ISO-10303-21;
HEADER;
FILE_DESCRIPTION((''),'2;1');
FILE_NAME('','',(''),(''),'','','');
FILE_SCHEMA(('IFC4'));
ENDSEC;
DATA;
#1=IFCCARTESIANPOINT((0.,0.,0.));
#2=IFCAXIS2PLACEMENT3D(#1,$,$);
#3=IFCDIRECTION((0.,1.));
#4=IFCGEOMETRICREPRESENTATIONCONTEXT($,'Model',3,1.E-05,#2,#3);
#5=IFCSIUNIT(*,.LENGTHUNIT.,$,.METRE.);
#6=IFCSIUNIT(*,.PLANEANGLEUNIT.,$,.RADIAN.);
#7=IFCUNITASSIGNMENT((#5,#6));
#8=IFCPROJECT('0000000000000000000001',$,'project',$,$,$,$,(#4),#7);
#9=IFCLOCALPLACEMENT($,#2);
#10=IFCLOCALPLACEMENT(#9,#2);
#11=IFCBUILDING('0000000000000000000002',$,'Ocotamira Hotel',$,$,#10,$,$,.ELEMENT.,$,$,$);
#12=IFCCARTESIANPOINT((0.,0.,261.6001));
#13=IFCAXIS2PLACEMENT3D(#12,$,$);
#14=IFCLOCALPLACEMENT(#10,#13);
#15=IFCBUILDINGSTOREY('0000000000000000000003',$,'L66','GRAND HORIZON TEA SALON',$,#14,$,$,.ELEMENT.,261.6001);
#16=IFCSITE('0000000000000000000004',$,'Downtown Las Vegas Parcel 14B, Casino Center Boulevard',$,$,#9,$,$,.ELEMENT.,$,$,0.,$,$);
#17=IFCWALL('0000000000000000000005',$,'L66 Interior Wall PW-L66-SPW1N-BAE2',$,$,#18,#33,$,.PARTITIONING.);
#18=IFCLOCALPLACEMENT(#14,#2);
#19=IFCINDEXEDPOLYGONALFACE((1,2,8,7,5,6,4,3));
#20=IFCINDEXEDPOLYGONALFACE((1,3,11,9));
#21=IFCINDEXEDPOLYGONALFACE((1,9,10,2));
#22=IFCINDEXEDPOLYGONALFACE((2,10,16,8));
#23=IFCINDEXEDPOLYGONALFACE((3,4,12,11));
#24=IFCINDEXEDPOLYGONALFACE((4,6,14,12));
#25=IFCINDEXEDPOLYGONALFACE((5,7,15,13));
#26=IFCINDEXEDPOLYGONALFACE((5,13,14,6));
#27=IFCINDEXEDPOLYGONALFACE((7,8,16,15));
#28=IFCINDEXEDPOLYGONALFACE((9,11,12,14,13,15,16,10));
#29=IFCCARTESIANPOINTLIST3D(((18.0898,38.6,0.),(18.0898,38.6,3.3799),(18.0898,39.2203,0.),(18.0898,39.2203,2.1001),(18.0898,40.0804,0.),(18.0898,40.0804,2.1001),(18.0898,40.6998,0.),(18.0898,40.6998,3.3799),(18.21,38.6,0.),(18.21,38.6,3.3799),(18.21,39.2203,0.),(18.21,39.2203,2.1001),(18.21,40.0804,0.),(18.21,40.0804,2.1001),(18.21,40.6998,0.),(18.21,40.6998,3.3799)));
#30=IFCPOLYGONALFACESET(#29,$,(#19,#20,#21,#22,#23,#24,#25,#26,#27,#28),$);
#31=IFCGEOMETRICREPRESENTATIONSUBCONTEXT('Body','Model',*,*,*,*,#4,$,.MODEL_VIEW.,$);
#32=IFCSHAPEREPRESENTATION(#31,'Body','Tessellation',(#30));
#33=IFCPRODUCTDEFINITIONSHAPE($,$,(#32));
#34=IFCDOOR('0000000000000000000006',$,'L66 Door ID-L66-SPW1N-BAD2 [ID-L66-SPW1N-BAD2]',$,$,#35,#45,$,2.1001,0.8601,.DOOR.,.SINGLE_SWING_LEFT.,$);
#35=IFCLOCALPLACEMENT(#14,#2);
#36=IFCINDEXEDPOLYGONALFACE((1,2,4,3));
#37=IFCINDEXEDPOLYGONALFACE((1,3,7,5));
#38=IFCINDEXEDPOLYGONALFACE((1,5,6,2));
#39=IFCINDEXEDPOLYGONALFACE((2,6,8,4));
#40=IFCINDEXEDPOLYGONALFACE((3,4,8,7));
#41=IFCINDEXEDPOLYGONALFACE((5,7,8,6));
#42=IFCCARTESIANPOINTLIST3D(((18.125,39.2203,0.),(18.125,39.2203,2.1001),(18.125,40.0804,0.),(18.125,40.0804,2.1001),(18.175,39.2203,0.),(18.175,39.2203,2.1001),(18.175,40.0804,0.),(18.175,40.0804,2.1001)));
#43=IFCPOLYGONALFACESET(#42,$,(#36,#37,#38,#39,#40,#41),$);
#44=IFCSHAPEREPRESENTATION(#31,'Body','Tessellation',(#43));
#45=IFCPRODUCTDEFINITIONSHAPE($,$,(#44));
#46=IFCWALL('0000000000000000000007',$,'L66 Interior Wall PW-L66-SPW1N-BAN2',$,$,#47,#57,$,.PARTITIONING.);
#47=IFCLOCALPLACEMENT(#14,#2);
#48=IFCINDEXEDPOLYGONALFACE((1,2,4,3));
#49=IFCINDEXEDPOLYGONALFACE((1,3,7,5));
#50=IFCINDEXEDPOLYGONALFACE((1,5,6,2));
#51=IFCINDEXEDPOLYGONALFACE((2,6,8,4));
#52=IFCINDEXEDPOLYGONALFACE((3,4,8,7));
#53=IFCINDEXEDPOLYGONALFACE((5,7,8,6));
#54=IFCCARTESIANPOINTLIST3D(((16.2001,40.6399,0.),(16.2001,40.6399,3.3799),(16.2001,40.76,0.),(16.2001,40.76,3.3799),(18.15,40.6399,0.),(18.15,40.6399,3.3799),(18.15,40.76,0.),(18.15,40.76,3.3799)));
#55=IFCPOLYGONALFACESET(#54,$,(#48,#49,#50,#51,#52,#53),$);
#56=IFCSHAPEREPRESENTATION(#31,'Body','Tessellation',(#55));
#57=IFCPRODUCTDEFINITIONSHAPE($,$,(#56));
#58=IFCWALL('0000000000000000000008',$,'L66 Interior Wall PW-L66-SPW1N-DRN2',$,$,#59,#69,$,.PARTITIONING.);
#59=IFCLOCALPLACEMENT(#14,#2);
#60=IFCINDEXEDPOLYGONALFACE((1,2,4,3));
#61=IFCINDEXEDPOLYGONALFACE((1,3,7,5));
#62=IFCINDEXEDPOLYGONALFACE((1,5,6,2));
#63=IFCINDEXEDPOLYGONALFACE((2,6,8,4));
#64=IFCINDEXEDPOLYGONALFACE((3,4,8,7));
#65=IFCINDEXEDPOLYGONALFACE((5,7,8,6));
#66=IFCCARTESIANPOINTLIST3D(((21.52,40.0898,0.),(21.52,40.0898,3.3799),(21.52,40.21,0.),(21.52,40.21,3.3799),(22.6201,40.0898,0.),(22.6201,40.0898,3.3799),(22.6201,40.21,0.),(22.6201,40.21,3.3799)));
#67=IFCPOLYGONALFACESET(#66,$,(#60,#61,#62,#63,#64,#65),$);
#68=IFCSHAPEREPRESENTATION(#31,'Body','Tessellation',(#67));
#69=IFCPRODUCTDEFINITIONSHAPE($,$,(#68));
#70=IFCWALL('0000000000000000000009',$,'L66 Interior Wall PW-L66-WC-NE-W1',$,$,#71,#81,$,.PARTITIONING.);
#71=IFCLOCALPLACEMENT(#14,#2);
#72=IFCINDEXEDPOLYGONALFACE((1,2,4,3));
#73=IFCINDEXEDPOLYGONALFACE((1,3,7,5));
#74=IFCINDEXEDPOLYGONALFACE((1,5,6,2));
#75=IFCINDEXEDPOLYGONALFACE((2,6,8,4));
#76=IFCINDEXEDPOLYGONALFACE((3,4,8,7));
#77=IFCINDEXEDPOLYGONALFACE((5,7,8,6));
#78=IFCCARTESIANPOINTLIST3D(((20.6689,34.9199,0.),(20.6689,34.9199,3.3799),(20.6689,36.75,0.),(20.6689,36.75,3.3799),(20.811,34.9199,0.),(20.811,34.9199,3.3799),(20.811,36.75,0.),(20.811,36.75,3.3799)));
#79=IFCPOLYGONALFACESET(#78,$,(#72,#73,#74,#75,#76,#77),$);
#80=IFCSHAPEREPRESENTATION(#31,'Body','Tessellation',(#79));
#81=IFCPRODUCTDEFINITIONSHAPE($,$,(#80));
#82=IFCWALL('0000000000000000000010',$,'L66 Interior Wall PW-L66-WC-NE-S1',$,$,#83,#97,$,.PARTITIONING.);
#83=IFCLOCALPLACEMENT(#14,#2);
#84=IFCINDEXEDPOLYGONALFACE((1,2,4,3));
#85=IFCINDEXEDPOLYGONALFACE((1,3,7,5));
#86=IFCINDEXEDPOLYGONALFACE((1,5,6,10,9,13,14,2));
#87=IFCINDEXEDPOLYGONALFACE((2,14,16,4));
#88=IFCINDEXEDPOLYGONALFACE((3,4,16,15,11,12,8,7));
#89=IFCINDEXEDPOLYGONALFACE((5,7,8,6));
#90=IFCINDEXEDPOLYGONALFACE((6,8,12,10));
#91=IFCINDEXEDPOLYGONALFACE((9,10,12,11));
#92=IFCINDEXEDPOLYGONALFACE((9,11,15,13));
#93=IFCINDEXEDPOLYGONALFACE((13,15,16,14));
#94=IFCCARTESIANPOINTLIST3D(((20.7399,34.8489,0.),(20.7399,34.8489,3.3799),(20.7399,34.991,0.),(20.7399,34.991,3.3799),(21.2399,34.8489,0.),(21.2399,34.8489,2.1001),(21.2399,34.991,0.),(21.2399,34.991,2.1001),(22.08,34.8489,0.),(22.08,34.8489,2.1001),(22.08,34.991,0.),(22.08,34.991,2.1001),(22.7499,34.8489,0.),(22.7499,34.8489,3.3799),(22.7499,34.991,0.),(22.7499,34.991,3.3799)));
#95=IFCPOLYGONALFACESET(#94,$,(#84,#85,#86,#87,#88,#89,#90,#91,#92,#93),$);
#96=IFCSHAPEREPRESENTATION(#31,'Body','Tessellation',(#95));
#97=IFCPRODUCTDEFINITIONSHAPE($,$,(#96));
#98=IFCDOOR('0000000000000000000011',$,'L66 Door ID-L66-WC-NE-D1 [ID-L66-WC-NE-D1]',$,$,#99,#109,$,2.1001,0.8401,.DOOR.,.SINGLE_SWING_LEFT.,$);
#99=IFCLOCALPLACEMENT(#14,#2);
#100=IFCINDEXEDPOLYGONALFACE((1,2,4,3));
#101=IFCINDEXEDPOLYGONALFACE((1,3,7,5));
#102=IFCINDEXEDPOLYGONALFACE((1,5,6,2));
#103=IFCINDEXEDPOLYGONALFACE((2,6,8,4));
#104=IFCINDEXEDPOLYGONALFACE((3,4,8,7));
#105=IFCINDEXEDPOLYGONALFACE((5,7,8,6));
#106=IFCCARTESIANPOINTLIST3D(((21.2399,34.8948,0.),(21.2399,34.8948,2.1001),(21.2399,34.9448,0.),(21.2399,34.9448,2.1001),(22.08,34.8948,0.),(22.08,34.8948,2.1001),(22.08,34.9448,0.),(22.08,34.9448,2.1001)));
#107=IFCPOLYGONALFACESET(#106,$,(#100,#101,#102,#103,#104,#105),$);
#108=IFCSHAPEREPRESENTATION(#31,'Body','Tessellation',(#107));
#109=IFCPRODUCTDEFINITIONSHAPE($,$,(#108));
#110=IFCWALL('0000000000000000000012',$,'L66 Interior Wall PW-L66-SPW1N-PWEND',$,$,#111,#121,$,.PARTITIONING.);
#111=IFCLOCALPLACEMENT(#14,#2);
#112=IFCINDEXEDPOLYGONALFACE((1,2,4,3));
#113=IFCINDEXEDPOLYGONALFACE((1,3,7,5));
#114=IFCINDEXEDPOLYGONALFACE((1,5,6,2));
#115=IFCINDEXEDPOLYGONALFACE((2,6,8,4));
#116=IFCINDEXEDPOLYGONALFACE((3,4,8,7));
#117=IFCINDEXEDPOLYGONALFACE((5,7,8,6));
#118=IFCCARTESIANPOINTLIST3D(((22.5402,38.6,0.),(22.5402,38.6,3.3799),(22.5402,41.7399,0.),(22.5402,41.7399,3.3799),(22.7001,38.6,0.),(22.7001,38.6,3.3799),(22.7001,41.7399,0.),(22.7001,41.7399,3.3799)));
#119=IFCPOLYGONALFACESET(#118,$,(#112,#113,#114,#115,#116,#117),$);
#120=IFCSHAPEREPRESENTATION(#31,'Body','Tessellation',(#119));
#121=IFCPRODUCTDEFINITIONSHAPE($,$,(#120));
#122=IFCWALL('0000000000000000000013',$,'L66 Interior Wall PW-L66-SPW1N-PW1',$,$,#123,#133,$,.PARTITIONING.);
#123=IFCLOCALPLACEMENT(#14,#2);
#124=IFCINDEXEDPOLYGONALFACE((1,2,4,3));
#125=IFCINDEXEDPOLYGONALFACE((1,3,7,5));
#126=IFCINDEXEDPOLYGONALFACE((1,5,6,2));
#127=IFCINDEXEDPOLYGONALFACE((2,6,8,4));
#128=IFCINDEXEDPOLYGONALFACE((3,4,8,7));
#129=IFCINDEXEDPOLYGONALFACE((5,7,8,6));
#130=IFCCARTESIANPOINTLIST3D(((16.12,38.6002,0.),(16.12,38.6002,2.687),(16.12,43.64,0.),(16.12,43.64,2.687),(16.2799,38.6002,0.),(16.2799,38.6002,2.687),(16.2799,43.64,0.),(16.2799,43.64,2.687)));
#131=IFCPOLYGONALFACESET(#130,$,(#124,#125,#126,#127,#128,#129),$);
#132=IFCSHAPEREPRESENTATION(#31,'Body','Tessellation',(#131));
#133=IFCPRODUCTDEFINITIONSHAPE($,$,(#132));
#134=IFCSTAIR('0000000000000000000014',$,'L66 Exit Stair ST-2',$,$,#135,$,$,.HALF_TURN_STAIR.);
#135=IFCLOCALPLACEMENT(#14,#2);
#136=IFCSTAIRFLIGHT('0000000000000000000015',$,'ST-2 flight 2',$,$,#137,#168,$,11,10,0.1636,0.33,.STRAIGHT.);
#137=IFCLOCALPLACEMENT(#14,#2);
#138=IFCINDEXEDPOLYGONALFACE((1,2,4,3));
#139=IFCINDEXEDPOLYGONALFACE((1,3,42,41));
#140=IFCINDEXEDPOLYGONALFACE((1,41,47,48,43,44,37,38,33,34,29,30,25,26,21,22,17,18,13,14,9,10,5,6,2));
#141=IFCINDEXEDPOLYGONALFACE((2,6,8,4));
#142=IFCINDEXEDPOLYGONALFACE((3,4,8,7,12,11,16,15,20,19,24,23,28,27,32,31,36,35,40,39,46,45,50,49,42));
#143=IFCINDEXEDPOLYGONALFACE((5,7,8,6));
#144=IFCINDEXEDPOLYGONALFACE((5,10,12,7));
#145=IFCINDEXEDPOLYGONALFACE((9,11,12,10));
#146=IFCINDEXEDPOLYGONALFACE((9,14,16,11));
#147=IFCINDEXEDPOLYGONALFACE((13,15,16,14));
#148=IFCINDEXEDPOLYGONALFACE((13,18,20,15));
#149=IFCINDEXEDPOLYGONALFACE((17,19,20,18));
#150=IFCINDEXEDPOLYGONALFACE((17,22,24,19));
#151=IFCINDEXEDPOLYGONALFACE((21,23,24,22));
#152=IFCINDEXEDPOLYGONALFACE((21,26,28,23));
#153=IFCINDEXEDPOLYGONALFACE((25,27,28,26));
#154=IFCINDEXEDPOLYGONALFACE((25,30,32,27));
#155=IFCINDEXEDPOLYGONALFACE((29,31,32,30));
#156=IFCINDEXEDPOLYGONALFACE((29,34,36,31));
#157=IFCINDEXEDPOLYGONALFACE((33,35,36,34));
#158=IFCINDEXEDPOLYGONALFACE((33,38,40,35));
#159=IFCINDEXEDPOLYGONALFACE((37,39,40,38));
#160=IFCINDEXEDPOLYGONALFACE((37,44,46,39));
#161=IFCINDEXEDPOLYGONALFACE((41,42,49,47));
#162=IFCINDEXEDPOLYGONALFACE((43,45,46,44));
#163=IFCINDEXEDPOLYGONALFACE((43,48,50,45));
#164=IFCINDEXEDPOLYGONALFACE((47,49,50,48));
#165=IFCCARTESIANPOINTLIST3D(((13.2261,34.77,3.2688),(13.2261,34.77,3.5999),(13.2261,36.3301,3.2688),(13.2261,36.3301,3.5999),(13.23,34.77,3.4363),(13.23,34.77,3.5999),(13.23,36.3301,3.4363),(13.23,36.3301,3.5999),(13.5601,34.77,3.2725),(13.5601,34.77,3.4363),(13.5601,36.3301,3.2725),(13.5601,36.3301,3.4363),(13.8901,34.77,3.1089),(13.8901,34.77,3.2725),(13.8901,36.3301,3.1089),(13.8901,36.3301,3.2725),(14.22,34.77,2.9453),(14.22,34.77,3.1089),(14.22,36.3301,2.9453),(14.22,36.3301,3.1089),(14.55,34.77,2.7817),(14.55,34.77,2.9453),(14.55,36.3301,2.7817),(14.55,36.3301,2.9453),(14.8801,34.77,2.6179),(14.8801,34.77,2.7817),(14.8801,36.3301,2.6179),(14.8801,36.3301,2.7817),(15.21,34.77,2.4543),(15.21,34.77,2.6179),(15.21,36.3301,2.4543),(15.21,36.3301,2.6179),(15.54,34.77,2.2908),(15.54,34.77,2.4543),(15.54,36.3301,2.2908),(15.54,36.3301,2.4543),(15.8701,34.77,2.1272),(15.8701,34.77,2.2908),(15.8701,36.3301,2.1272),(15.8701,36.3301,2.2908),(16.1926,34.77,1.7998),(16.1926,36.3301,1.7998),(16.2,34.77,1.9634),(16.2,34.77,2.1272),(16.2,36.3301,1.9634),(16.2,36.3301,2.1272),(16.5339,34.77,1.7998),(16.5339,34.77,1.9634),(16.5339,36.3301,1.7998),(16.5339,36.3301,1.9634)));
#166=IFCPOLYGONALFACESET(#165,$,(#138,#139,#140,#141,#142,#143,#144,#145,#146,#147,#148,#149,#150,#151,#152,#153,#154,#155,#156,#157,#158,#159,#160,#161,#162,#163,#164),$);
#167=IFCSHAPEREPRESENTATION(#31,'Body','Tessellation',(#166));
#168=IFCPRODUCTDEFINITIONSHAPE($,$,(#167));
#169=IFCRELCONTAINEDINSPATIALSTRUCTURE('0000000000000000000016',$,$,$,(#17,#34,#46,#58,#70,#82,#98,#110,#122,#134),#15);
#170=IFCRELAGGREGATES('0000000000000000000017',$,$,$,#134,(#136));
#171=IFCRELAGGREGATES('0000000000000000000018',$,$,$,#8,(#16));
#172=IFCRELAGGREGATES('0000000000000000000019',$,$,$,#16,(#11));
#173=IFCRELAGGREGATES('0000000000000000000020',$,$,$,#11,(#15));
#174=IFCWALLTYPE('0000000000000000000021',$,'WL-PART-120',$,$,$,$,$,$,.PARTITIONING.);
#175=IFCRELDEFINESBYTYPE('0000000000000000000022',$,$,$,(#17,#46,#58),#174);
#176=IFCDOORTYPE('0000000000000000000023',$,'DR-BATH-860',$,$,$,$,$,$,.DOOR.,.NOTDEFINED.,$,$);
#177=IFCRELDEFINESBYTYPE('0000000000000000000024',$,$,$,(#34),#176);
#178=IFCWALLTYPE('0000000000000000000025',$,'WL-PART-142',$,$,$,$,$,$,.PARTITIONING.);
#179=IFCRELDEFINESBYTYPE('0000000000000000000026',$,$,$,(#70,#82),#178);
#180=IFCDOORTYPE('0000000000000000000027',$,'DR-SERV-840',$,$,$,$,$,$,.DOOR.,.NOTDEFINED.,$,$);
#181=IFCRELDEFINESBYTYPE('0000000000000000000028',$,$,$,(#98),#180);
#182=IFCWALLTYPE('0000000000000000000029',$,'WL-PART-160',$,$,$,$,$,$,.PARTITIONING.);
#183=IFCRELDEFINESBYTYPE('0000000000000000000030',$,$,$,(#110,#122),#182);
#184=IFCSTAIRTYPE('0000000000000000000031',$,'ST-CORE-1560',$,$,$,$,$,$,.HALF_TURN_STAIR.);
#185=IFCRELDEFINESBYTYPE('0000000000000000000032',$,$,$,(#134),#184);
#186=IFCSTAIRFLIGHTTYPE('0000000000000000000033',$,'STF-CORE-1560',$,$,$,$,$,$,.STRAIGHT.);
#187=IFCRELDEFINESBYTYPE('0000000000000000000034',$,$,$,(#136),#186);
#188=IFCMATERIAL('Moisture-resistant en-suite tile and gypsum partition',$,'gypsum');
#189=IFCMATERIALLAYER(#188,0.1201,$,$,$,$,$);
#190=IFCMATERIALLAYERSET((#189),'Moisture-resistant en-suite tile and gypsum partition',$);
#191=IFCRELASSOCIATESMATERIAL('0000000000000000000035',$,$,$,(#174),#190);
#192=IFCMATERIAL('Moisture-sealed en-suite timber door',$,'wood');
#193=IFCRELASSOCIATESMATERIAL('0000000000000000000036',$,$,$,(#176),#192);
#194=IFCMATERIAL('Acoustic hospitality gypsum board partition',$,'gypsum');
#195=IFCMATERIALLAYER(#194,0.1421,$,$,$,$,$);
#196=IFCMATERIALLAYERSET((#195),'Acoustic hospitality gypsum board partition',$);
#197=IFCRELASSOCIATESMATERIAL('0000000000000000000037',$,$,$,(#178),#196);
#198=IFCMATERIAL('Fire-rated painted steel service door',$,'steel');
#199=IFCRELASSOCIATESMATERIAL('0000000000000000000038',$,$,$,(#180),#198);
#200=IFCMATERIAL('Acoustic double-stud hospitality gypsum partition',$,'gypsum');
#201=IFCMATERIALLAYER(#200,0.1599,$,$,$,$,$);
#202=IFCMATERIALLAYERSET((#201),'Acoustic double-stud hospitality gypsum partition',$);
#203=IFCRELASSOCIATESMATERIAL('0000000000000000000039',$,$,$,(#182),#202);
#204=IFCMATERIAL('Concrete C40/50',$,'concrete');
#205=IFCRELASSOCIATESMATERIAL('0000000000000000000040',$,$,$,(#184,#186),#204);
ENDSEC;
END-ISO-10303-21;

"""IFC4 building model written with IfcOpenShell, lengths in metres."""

from ifc_helpers import new_model, si_unit, direction, frame, frame_2d, origin, place, context, subcontext, project, spatial, polyline, rectangle, outline, extrude, source, transform, mapped, material, layer, layer_set, type_object, element, fill, aggregate, save


model = new_model("IFC4")

# Units and contexts
model_context = context("Model", 3, precision=1e-05, world=origin(), true_north=direction((0.0, 1.0)))
body_context = subcontext(model_context, "Body", "Model", "MODEL_VIEW")
ifc_project = project(units=[si_unit("LENGTHUNIT", "METRE"), si_unit("PLANEANGLEUNIT", "RADIAN")], contexts=[model_context])

# Site, building, storey
site_placement = place(None, origin())
site = spatial("IfcSite", under=ifc_project, at=site_placement, Name="Downtown Las Vegas Parcel 14B, Casino Center Boulevard", CompositionType="ELEMENT", RefElevation=0.0)
building_placement = place(site_placement, origin())
building = spatial("IfcBuilding", under=site, at=building_placement, Name="Ocotamira Hotel", CompositionType="ELEMENT")
storey_placement = place(building_placement, frame((0.0, 0.0, 261.6001)))
storey = spatial("IfcBuildingStorey", under=building, at=storey_placement, Name="L66", Description="GRAND HORIZON TEA SALON", CompositionType="ELEMENT", Elevation=261.6001)

# Wall, opening, door
ifc_material_1 = material(Name="Moisture-resistant en-suite tile and gypsum partition", Category="gypsum")
ifc_layer_1 = layer(ifc_material_1, 0.1201)
ifc_layer_set_1 = layer_set([ifc_layer_1], Name="Moisture-resistant en-suite tile and gypsum partition")
wall_type_1 = type_object("IfcWallType", Name="WL-PART-120", PredefinedType="PARTITIONING", material=ifc_layer_set_1)
wall_1_placement = place(storey_placement, frame((18.1499, 38.6001, 0.0), z_axis=(0.0, 0.0, 1.0), x_axis=(0.0, 1.0, 0.0)))
wall_1 = element("IfcWall", 1, at=wall_1_placement, inside=storey, type_object=wall_type_1, Name="L66 Interior Wall PW-L66-SPW1N-BAE2", PredefinedType="PARTITIONING", context=body_context, shape_type="SweptSolid", body=[
    extrude(rectangle(XDim=2.0999, YDim=0.1201, at=frame_2d((1.0498, 0.0))), origin(), (0.0, 0.0, 1.0), 3.3799),
])
opening_1_placement = place(wall_1_placement, frame((0.6201, 0.0, 0.0)))
opening_1 = element("IfcOpeningElement", 2, at=opening_1_placement, cuts=wall_1, PredefinedType="OPENING", context=body_context, shape_type="SweptSolid", body=[
    extrude(rectangle(XDim=0.8601, YDim=2.1001, at=frame_2d((0.4302, 1.05))), frame((0.0, 0.0701, 0.0), z_axis=(0.0, -1.0, 0.0), x_axis=(1.0, 0.0, 0.0)), (0.0, 0.0, 1.0), 0.1401),
])
ifc_material_2 = material(Name="Moisture-sealed en-suite timber door", Category="wood")
door_type_1 = type_object("IfcDoorType", Name="DR-BATH-860", OperationType="NOTDEFINED", PredefinedType="DOOR", material=ifc_material_2)
shared_shape_1 = source(origin(), body_context, "Body", "SweptSolid", [
    extrude(rectangle(XDim=0.8601, YDim=2.1001, at=frame_2d((0.4302, 1.05))), frame((0.0, 0.0249, 0.0), z_axis=(0.0, -1.0, 0.0), x_axis=(1.0, 0.0, 0.0)), (0.0, 0.0, 1.0), 0.05),
])
door_1_placement = place(opening_1_placement, origin())
door_1 = element("IfcDoor", 3, at=door_1_placement, inside=storey, type_object=door_type_1, Name="L66 Door ID-L66-SPW1N-BAD2 [ID-L66-SPW1N-BAD2]", OperationType="SINGLE_SWING_LEFT", OverallHeight=2.1001, OverallWidth=0.8601, PredefinedType="DOOR", context=body_context, shape_type="MappedRepresentation", body=[
    mapped(shared_shape_1, transform((0.0, 0.0, 0.0), scale=1.0)),
])
fill(opening_1, door_1)

# Walls
wall_2_placement = place(storey_placement, frame((16.2, 40.7, 0.0), z_axis=(0.0, 0.0, 1.0), x_axis=(1.0, 0.0, 0.0)))
element("IfcWall", 4, at=wall_2_placement, inside=storey, type_object=wall_type_1, Name="L66 Interior Wall PW-L66-SPW1N-BAN2", PredefinedType="PARTITIONING", context=body_context, shape_type="SweptSolid", body=[
    extrude(rectangle(XDim=1.95, YDim=0.1201, at=frame_2d((0.9751, 0.0))), origin(), (0.0, 0.0, 1.0), 3.3799),
])
wall_3_placement = place(storey_placement, frame((21.52, 40.1499, 0.0), z_axis=(0.0, 0.0, 1.0), x_axis=(1.0, 0.0, 0.0)))
element("IfcWall", 5, at=wall_3_placement, inside=storey, type_object=wall_type_1, Name="L66 Interior Wall PW-L66-SPW1N-DRN2", PredefinedType="PARTITIONING", context=body_context, shape_type="SweptSolid", body=[
    extrude(rectangle(XDim=1.1001, YDim=0.1201, at=frame_2d((0.55, 0.0))), origin(), (0.0, 0.0, 1.0), 3.3799),
])
ifc_material_3 = material(Name="Acoustic hospitality gypsum board partition", Category="gypsum")
ifc_layer_2 = layer(ifc_material_3, 0.1421)
ifc_layer_set_2 = layer_set([ifc_layer_2], Name="Acoustic hospitality gypsum board partition")
wall_type_2 = type_object("IfcWallType", Name="WL-PART-142", PredefinedType="PARTITIONING", material=ifc_layer_set_2)
wall_4_placement = place(storey_placement, frame((20.74, 34.9199, 0.0), z_axis=(0.0, 0.0, 1.0), x_axis=(0.0, 1.0, 0.0)))
element("IfcWall", 6, at=wall_4_placement, inside=storey, type_object=wall_type_2, Name="L66 Interior Wall PW-L66-WC-NE-W1", PredefinedType="PARTITIONING", context=body_context, shape_type="SweptSolid", body=[
    extrude(rectangle(XDim=1.8301, YDim=0.1421, at=frame_2d((0.915, 0.0))), origin(), (0.0, 0.0, 1.0), 3.3799),
])

# Wall, opening, door
wall_5_placement = place(storey_placement, frame((20.74, 34.9199, 0.0), z_axis=(0.0, 0.0, 1.0), x_axis=(1.0, 0.0, 0.0)))
wall_5 = element("IfcWall", 7, at=wall_5_placement, inside=storey, type_object=wall_type_2, Name="L66 Interior Wall PW-L66-WC-NE-S1", PredefinedType="PARTITIONING", context=body_context, shape_type="SweptSolid", body=[
    extrude(rectangle(XDim=2.01, YDim=0.1421, at=frame_2d((1.0049, 0.0))), origin(), (0.0, 0.0, 1.0), 3.3799),
])
opening_2_placement = place(wall_5_placement, frame((0.5, 0.0, 0.0)))
opening_2 = element("IfcOpeningElement", 8, at=opening_2_placement, cuts=wall_5, PredefinedType="OPENING", context=body_context, shape_type="SweptSolid", body=[
    extrude(rectangle(XDim=0.8401, YDim=2.1001, at=frame_2d((0.4199, 1.05))), frame((0.0, 0.0811, 0.0), z_axis=(0.0, -1.0, 0.0), x_axis=(1.0, 0.0, 0.0)), (0.0, 0.0, 1.0), 0.1621),
])
ifc_material_4 = material(Name="Fire-rated painted steel service door", Category="steel")
door_type_2 = type_object("IfcDoorType", Name="DR-SERV-840", OperationType="NOTDEFINED", PredefinedType="DOOR", material=ifc_material_4)
shared_shape_2 = source(origin(), body_context, "Body", "SweptSolid", [
    extrude(rectangle(XDim=0.8401, YDim=2.1001, at=frame_2d((0.4199, 1.05))), frame((0.0, 0.0249, 0.0), z_axis=(0.0, -1.0, 0.0), x_axis=(1.0, 0.0, 0.0)), (0.0, 0.0, 1.0), 0.05),
])
door_2_placement = place(opening_2_placement, origin())
door_2 = element("IfcDoor", 9, at=door_2_placement, inside=storey, type_object=door_type_2, Name="L66 Door ID-L66-WC-NE-D1 [ID-L66-WC-NE-D1]", OperationType="SINGLE_SWING_LEFT", OverallHeight=2.1001, OverallWidth=0.8401, PredefinedType="DOOR", context=body_context, shape_type="MappedRepresentation", body=[
    mapped(shared_shape_2, transform((0.0, 0.0, 0.0), scale=1.0)),
])
fill(opening_2, door_2)

# Walls
ifc_material_5 = material(Name="Acoustic double-stud hospitality gypsum partition", Category="gypsum")
ifc_layer_3 = layer(ifc_material_5, 0.1599)
ifc_layer_set_3 = layer_set([ifc_layer_3], Name="Acoustic double-stud hospitality gypsum partition")
wall_type_3 = type_object("IfcWallType", Name="WL-PART-160", PredefinedType="PARTITIONING", material=ifc_layer_set_3)
wall_6_placement = place(storey_placement, frame((22.6201, 38.6001, 0.0), z_axis=(0.0, 0.0, 1.0), x_axis=(0.0, 1.0, 0.0)))
element("IfcWall", 10, at=wall_6_placement, inside=storey, type_object=wall_type_3, Name="L66 Interior Wall PW-L66-SPW1N-PWEND", PredefinedType="PARTITIONING", context=body_context, shape_type="SweptSolid", body=[
    extrude(rectangle(XDim=3.1399, YDim=0.1599, at=frame_2d((1.5698, 0.0))), origin(), (0.0, 0.0, 1.0), 3.3799),
])
wall_7_placement = place(storey_placement, frame((16.2, 38.6001, 0.0), z_axis=(0.0, 0.0, 1.0), x_axis=(0.0, 1.0, 0.0)))
element("IfcWall", 11, at=wall_7_placement, inside=storey, type_object=wall_type_3, Name="L66 Interior Wall PW-L66-SPW1N-PW1", PredefinedType="PARTITIONING", context=body_context, shape_type="SweptSolid", body=[
    extrude(rectangle(XDim=5.0398, YDim=0.1599, at=frame_2d((2.52, 0.0))), origin(), (0.0, 0.0, 1.0), 2.687),
])

# Stair, stair flight
ifc_material_6 = material(Name="Concrete C40/50", Category="concrete")
stair_type = type_object("IfcStairType", Name="ST-CORE-1560", PredefinedType="HALF_TURN_STAIR", material=ifc_material_6)
stair_placement = place(storey_placement, origin())
stair = element("IfcStair", 12, at=stair_placement, inside=storey, type_object=stair_type, Name="L66 Exit Stair ST-2", PredefinedType="HALF_TURN_STAIR")
stair_flight_type = type_object("IfcStairFlightType", Name="STF-CORE-1560", PredefinedType="STRAIGHT", material=ifc_material_6)
shared_shape_3 = source(origin(), body_context, "Body", "SweptSolid", [
    extrude(outline(polyline([(-0.0039, 0.0), (-0.0039, 0.1636), (0.3301, 0.1636), (0.3301, 0.3274), (0.6599, 0.3274), (0.6599, 0.491), (0.99, 0.491), (0.99, 0.6545), (1.3201, 0.6545), (1.3201, 0.8181), (1.6499, 0.8181), (1.6499, 0.9819), (1.98, 0.9819), (1.98, 1.1455), (2.3101, 1.1455), (2.3101, 1.3091), (2.6399, 1.3091), (2.6399, 1.4727), (2.97, 1.4727), (2.97, 1.6365), (3.3, 1.6365), (3.3, 1.8), (3.304, 1.8), (3.304, 1.469), (0.3374, 0.0), (-0.0039, 0.0)])), frame((0.0, 0.78, 0.0), z_axis=(0.0, -1.0, 0.0), x_axis=(1.0, 0.0, 0.0)), (0.0, 0.0, 1.0), 1.5601),
])
stair_flight_placement = place(storey_placement, frame((16.53, 35.55, 1.7998), z_axis=(0.0, 0.0, 1.0), x_axis=(-1.0, 0.0, 0.0)))
stair_flight = element("IfcStairFlight", 13, at=stair_flight_placement, type_object=stair_flight_type, Name="ST-2 flight 2", NumberOfRisers=11, NumberOfTreads=10, PredefinedType="STRAIGHT", RiserHeight=0.1636, TreadLength=0.33, context=body_context, shape_type="MappedRepresentation", body=[
    mapped(shared_shape_3, transform((0.0, 0.0, 0.0), scale=1.0)),
])
aggregate(stair, [stair_flight])

save(model, "model.ifc")
